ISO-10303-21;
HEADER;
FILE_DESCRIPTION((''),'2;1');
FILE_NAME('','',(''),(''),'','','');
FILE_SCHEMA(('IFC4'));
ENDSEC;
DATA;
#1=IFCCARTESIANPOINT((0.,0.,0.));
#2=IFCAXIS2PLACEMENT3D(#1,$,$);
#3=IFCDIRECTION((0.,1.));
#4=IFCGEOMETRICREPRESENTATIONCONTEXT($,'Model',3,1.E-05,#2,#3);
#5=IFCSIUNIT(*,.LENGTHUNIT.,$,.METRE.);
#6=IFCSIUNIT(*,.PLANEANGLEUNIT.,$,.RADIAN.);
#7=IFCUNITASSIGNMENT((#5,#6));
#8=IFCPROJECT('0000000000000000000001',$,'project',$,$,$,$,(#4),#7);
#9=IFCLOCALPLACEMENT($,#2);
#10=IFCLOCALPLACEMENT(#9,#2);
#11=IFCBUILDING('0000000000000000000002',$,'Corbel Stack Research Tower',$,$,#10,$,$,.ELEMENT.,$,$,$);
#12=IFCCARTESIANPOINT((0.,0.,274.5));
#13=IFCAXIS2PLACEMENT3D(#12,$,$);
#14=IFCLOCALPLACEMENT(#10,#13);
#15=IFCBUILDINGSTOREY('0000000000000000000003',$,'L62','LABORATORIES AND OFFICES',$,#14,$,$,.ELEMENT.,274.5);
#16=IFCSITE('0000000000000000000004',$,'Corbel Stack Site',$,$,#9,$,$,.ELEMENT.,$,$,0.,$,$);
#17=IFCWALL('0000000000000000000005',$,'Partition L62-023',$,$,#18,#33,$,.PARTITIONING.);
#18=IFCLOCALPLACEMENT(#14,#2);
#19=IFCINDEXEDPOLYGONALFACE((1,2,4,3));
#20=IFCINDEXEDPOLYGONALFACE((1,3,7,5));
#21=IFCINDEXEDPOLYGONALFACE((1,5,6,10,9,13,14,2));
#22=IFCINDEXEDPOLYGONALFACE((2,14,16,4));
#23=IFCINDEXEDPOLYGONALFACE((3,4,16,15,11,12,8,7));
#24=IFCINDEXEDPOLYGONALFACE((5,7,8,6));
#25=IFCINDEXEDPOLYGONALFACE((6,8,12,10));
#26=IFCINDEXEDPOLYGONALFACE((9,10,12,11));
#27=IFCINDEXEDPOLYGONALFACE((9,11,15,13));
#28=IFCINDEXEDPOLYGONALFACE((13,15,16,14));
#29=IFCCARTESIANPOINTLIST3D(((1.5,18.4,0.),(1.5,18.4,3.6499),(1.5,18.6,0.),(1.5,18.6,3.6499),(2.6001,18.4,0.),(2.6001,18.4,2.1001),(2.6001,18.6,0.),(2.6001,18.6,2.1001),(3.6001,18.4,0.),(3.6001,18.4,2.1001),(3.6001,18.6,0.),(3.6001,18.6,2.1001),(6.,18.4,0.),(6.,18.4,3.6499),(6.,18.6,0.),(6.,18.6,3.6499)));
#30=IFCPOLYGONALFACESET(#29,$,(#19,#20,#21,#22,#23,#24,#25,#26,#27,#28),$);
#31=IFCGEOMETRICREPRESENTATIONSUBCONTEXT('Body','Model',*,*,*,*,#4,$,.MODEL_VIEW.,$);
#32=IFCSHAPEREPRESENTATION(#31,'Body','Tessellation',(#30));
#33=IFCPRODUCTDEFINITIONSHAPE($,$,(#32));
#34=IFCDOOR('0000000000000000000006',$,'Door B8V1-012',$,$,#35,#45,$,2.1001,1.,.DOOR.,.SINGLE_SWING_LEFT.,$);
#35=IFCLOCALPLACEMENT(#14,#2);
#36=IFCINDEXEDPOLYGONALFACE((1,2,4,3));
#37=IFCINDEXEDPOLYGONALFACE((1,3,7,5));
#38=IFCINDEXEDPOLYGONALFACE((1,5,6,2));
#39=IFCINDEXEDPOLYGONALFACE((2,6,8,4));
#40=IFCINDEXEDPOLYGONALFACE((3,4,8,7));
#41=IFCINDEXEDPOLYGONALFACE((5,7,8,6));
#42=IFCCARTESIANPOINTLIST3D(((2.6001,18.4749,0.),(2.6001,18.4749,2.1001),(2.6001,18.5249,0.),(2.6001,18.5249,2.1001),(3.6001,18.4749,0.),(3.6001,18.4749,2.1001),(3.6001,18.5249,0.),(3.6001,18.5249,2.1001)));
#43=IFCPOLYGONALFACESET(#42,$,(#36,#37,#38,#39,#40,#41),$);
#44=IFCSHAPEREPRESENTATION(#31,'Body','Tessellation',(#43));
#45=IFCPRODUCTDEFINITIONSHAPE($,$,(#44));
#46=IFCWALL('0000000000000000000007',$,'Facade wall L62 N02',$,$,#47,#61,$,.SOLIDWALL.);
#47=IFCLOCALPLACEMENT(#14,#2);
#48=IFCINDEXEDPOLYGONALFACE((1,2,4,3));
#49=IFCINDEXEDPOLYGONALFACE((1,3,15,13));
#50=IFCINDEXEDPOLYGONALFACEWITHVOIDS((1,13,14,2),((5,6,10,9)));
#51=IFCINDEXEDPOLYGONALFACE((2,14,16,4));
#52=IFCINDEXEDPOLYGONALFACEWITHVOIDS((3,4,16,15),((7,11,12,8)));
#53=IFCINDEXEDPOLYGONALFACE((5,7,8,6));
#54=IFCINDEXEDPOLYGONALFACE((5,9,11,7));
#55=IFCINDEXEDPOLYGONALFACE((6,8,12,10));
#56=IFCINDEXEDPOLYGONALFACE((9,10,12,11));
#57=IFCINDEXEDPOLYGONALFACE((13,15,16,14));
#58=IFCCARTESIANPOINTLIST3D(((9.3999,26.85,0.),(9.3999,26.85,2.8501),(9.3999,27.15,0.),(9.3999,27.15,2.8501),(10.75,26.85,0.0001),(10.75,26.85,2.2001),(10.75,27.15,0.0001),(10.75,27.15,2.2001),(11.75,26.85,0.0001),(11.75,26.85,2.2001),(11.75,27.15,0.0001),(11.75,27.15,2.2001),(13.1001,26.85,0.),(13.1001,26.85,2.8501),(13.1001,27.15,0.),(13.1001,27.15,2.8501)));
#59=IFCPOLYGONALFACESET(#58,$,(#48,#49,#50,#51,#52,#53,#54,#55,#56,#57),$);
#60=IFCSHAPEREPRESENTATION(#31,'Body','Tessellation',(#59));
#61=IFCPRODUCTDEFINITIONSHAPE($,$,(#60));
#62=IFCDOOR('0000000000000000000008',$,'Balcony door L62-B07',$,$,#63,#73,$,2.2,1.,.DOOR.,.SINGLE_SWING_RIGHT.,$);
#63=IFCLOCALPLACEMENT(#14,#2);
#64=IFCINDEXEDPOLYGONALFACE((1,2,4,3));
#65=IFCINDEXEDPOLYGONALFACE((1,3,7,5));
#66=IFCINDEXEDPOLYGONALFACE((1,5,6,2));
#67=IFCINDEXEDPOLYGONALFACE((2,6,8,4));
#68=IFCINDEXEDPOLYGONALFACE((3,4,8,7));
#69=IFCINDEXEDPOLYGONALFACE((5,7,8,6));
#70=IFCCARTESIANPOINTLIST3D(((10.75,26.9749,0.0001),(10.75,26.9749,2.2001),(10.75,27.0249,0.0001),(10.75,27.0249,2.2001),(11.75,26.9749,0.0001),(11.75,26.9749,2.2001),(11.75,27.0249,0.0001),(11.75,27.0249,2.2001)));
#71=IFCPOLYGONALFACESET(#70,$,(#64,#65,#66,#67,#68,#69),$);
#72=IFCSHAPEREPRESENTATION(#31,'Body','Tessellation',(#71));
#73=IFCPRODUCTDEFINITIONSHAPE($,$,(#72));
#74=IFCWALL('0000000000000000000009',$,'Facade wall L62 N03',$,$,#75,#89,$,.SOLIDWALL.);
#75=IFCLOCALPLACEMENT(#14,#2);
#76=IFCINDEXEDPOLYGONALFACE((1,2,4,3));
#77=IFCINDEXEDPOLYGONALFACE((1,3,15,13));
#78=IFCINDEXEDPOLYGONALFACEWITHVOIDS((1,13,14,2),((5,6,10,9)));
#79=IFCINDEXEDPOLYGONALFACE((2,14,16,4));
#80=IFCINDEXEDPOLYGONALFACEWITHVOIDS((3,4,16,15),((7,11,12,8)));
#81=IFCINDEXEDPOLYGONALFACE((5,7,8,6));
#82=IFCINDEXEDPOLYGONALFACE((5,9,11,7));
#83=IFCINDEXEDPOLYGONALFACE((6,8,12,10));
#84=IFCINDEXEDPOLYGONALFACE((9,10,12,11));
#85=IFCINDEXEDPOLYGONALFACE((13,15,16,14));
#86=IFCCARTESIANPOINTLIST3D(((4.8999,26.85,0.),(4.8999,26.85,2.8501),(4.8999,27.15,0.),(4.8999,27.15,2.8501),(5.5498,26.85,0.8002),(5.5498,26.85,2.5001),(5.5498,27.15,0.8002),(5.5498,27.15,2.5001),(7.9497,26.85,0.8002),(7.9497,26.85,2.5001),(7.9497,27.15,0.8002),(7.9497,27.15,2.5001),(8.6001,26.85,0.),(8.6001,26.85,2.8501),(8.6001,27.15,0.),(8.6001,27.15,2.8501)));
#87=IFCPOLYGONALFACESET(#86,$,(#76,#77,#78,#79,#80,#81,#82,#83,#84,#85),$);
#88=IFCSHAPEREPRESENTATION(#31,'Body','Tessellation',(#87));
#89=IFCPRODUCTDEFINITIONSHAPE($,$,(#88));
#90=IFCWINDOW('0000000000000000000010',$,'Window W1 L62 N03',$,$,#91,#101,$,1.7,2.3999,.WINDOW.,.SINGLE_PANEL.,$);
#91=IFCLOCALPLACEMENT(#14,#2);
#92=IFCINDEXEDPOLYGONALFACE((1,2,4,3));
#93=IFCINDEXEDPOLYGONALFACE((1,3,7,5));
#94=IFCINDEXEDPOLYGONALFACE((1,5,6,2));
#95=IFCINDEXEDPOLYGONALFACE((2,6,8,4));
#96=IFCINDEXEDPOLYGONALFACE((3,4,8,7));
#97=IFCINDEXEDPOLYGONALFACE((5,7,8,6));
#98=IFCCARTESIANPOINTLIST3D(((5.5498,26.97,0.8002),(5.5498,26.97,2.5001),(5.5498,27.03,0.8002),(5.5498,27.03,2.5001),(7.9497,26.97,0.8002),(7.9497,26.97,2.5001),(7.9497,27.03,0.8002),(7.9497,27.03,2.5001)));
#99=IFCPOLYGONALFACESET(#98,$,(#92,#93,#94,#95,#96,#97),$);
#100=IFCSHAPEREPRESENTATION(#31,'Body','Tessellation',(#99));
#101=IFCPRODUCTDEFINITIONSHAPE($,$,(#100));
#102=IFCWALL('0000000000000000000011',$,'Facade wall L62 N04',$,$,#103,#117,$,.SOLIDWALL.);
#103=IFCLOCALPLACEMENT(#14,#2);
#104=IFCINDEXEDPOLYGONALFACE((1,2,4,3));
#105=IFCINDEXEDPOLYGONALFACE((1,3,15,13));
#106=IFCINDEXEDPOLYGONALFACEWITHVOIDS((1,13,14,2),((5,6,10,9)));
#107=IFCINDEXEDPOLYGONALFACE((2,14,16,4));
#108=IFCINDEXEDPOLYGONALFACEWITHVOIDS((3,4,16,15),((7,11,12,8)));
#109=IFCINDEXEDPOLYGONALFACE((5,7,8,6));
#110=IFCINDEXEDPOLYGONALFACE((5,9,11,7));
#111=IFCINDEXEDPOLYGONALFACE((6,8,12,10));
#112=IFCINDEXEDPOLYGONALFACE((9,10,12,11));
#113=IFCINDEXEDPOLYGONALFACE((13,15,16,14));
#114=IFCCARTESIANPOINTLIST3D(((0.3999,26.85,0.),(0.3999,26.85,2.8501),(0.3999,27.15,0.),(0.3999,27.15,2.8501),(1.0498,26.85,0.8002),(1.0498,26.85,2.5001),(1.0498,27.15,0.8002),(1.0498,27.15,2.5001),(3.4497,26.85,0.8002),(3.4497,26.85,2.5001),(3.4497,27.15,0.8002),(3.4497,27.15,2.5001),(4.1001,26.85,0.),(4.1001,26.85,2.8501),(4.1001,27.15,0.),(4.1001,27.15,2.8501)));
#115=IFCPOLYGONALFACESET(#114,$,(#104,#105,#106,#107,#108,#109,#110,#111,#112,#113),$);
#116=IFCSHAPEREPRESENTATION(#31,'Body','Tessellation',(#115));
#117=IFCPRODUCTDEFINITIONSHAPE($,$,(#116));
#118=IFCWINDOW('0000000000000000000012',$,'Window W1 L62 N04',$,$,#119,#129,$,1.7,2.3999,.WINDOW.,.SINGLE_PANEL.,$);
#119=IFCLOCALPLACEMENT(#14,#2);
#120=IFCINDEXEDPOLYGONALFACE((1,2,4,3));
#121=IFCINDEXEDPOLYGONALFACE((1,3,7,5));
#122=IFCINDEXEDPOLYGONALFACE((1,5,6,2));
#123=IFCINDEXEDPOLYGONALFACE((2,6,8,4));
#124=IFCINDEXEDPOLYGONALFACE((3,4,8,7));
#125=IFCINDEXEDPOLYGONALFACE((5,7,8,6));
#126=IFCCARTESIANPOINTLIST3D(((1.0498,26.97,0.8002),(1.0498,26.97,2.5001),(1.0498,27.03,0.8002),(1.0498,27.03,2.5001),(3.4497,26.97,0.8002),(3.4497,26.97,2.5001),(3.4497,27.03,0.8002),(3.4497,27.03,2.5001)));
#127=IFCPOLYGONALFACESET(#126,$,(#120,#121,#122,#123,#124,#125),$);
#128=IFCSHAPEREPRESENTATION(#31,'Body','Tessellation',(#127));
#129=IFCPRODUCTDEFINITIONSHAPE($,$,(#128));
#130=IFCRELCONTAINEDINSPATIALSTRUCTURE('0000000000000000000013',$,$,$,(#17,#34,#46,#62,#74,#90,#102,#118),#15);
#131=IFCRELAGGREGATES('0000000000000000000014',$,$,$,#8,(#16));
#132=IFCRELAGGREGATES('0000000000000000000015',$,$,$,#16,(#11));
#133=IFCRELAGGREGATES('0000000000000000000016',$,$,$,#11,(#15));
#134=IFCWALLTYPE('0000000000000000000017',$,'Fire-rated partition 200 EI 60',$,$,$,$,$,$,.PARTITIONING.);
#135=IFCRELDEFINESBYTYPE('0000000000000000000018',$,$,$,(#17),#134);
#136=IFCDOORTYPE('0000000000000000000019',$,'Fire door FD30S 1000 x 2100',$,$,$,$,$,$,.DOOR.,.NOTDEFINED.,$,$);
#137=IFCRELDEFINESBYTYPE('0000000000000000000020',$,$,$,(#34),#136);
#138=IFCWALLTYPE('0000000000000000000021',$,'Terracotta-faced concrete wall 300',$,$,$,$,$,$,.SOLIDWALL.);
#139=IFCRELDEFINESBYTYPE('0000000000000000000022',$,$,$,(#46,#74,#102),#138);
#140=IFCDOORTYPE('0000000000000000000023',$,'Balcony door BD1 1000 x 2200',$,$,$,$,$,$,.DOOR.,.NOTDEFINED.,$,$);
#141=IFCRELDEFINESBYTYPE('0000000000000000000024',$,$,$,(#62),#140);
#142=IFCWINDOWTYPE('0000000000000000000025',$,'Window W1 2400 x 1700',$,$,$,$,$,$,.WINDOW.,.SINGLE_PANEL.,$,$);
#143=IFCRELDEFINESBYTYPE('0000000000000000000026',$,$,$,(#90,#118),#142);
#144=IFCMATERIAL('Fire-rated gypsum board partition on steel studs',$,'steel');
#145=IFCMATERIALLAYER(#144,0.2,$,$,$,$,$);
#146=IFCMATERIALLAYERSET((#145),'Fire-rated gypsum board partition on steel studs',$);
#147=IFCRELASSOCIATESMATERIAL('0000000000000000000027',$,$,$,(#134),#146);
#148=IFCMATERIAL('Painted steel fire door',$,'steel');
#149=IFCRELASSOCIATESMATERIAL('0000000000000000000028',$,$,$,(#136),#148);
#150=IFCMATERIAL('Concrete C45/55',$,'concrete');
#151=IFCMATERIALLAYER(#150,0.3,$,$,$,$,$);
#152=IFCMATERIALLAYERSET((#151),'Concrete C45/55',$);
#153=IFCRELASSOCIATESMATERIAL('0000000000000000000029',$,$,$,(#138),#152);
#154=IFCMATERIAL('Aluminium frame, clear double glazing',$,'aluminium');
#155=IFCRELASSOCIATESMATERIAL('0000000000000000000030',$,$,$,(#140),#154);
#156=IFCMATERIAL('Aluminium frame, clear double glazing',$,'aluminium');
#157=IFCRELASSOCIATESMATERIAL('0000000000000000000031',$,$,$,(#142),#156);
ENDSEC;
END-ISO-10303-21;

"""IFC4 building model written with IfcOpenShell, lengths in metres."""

from ifc_helpers import new_model, si_unit, direction, frame, frame_2d, origin, place, context, subcontext, project, spatial, rectangle, extrude, material, layer, layer_set, type_object, element, fill, save


model = new_model("IFC4")

# Units and contexts
model_context = context("Model", 3, precision=1e-05, world=origin(), true_north=direction((0.0, 1.0)))
body_context = subcontext(model_context, "Body", "Model", "MODEL_VIEW")
ifc_project = project(units=[si_unit("LENGTHUNIT", "METRE"), si_unit("PLANEANGLEUNIT", "RADIAN")], contexts=[model_context])

# Site, building, storey
site_placement = place(None, origin())
site = spatial("IfcSite", under=ifc_project, at=site_placement, Name="Corbel Stack Site", CompositionType="ELEMENT", RefElevation=0.0)
building_placement = place(site_placement, origin())
building = spatial("IfcBuilding", under=site, at=building_placement, Name="Corbel Stack Research Tower", CompositionType="ELEMENT")
storey_placement = place(building_placement, frame((0.0, 0.0, 274.5)))
storey = spatial("IfcBuildingStorey", under=building, at=storey_placement, Name="L62", Description="LABORATORIES AND OFFICES", CompositionType="ELEMENT", Elevation=274.5)

# Shared definitions
ifc_material_1 = material(Name="Fire-rated gypsum board partition on steel studs", Category="steel")
ifc_layer_1 = layer(ifc_material_1, 0.2)
ifc_layer_set_1 = layer_set([ifc_layer_1], Name="Fire-rated gypsum board partition on steel studs")
wall_type_1 = type_object("IfcWallType", Name="Fire-rated partition 200 EI 60", PredefinedType="PARTITIONING", material=ifc_layer_set_1)
ifc_material_2 = material(Name="Painted steel fire door", Category="steel")
door_type_1 = type_object("IfcDoorType", Name="Fire door FD30S 1000 x 2100", OperationType="NOTDEFINED", PredefinedType="DOOR", material=ifc_material_2)

# Walls, openings, doors
wall_1_placement = place(storey_placement, frame((1.5, 18.5, 0.0), z_axis=(0.0, 0.0, 1.0), x_axis=(1.0, 0.0, 0.0)))
wall_1 = element("IfcWall", 1, at=wall_1_placement, inside=storey, type_object=wall_type_1, Name="Partition L62-023", PredefinedType="PARTITIONING", context=body_context, shape_type="SweptSolid", body=[
    extrude(rectangle(XDim=4.5, YDim=0.2, at=frame_2d((2.25, 0.0))), origin(), (0.0, 0.0, 1.0), 3.6499),
])
opening_1_placement = place(wall_1_placement, frame((1.1001, 0.0, 0.0)))
opening_1 = element("IfcOpeningElement", 2, at=opening_1_placement, cuts=wall_1, PredefinedType="OPENING", context=body_context, shape_type="SweptSolid", body=[
    extrude(rectangle(XDim=1.0, YDim=2.1001, at=frame_2d((0.5, 1.05))), frame((0.0, 0.1099, 0.0), z_axis=(0.0, -1.0, 0.0), x_axis=(1.0, 0.0, 0.0)), (0.0, 0.0, 1.0), 0.22),
])
door_1_placement = place(opening_1_placement, origin())
door_1 = element("IfcDoor", 3, at=door_1_placement, inside=storey, type_object=door_type_1, Name="Door B8V1-012", OperationType="SINGLE_SWING_LEFT", OverallHeight=2.1001, OverallWidth=1.0, PredefinedType="DOOR", context=body_context, shape_type="SweptSolid", body=[
    extrude(rectangle(XDim=1.0, YDim=2.1001, at=frame_2d((0.5, 1.05))), frame((0.0, 0.0249, 0.0), z_axis=(0.0, -1.0, 0.0), x_axis=(1.0, 0.0, 0.0)), (0.0, 0.0, 1.0), 0.05),
])
fill(opening_1, door_1)
ifc_material_3 = material(Name="Concrete C45/55", Category="concrete")
ifc_layer_2 = layer(ifc_material_3, 0.3)
ifc_layer_set_2 = layer_set([ifc_layer_2], Name="Concrete C45/55")
wall_type_2 = type_object("IfcWallType", Name="Terracotta-faced concrete wall 300", PredefinedType="SOLIDWALL", material=ifc_layer_set_2)
wall_2_placement = place(storey_placement, frame((9.3999, 27.0, 0.0), z_axis=(0.0, 0.0, 1.0), x_axis=(1.0, 0.0, 0.0)))
wall_2 = element("IfcWall", 4, at=wall_2_placement, inside=storey, type_object=wall_type_2, Name="Facade wall L62 N02", PredefinedType="SOLIDWALL", context=body_context, shape_type="SweptSolid", body=[
    extrude(rectangle(XDim=3.7002, YDim=0.3, at=frame_2d((1.8501, 0.0))), origin(), (0.0, 0.0, 1.0), 2.8501),
])
opening_2_placement = place(wall_2_placement, frame((1.3501, 0.0, 0.0)))
opening_2 = element("IfcOpeningElement", 5, at=opening_2_placement, cuts=wall_2, PredefinedType="OPENING", context=body_context, shape_type="SweptSolid", body=[
    extrude(rectangle(XDim=1.0, YDim=2.2, at=frame_2d((0.5, 1.1001))), frame((0.0, 0.1599, 0.0), z_axis=(0.0, -1.0, 0.0), x_axis=(1.0, 0.0, 0.0)), (0.0, 0.0, 1.0), 0.3201),
])
ifc_material_4 = material(Name="Aluminium frame, clear double glazing", Category="aluminium")
door_type_2 = type_object("IfcDoorType", Name="Balcony door BD1 1000 x 2200", OperationType="NOTDEFINED", PredefinedType="DOOR", material=ifc_material_4)
door_2_placement = place(opening_2_placement, origin())
door_2 = element("IfcDoor", 6, at=door_2_placement, inside=storey, type_object=door_type_2, Name="Balcony door L62-B07", OperationType="SINGLE_SWING_RIGHT", OverallHeight=2.2, OverallWidth=1.0, PredefinedType="DOOR", context=body_context, shape_type="SweptSolid", body=[
    extrude(rectangle(XDim=1.0, YDim=2.2, at=frame_2d((0.5, 1.1001))), frame((0.0, 0.0249, 0.0), z_axis=(0.0, -1.0, 0.0), x_axis=(1.0, 0.0, 0.0)), (0.0, 0.0, 1.0), 0.05),
])
fill(opening_2, door_2)

# Walls, openings, windows
wall_3_placement = place(storey_placement, frame((4.8999, 27.0, 0.0), z_axis=(0.0, 0.0, 1.0), x_axis=(1.0, 0.0, 0.0)))
wall_3 = element("IfcWall", 7, at=wall_3_placement, inside=storey, type_object=wall_type_2, Name="Facade wall L62 N03", PredefinedType="SOLIDWALL", context=body_context, shape_type="SweptSolid", body=[
    extrude(rectangle(XDim=3.7002, YDim=0.3, at=frame_2d((1.8501, 0.0))), origin(), (0.0, 0.0, 1.0), 2.8501),
])
opening_3_placement = place(wall_3_placement, frame((0.6499, 0.0, 0.8)))
opening_3 = element("IfcOpeningElement", 8, at=opening_3_placement, cuts=wall_3, PredefinedType="OPENING", context=body_context, shape_type="SweptSolid", body=[
    extrude(rectangle(XDim=2.3999, YDim=1.7, at=frame_2d((1.2, 0.8501))), frame((0.0, 0.1599, 0.0), z_axis=(0.0, -1.0, 0.0), x_axis=(1.0, 0.0, 0.0)), (0.0, 0.0, 1.0), 0.3201),
])
ifc_material_5 = material(Name="Aluminium frame, clear double glazing", Category="aluminium")
window_type = type_object("IfcWindowType", Name="Window W1 2400 x 1700", PartitioningType="SINGLE_PANEL", PredefinedType="WINDOW", material=ifc_material_5)
window_1_placement = place(opening_3_placement, origin())
window_1 = element("IfcWindow", 9, at=window_1_placement, inside=storey, type_object=window_type, Name="Window W1 L62 N03", OverallHeight=1.7, OverallWidth=2.3999, PartitioningType="SINGLE_PANEL", PredefinedType="WINDOW", context=body_context, shape_type="SweptSolid", body=[
    extrude(rectangle(XDim=2.3999, YDim=1.7, at=frame_2d((1.2, 0.8501))), frame((0.0, 0.03, 0.0), z_axis=(0.0, -1.0, 0.0), x_axis=(1.0, 0.0, 0.0)), (0.0, 0.0, 1.0), 0.0601),
])
fill(opening_3, window_1)
wall_4_placement = place(storey_placement, frame((0.3999, 27.0, 0.0), z_axis=(0.0, 0.0, 1.0), x_axis=(1.0, 0.0, 0.0)))
wall_4 = element("IfcWall", 10, at=wall_4_placement, inside=storey, type_object=wall_type_2, Name="Facade wall L62 N04", PredefinedType="SOLIDWALL", context=body_context, shape_type="SweptSolid", body=[
    extrude(rectangle(XDim=3.7002, YDim=0.3, at=frame_2d((1.8501, 0.0))), origin(), (0.0, 0.0, 1.0), 2.8501),
])
opening_4_placement = place(wall_4_placement, frame((0.6499, 0.0, 0.8)))
opening_4 = element("IfcOpeningElement", 11, at=opening_4_placement, cuts=wall_4, PredefinedType="OPENING", context=body_context, shape_type="SweptSolid", body=[
    extrude(rectangle(XDim=2.3999, YDim=1.7, at=frame_2d((1.2, 0.8501))), frame((0.0, 0.1599, 0.0), z_axis=(0.0, -1.0, 0.0), x_axis=(1.0, 0.0, 0.0)), (0.0, 0.0, 1.0), 0.3201),
])
window_2_placement = place(opening_4_placement, origin())
window_2 = element("IfcWindow", 12, at=window_2_placement, inside=storey, type_object=window_type, Name="Window W1 L62 N04", OverallHeight=1.7, OverallWidth=2.3999, PartitioningType="SINGLE_PANEL", PredefinedType="WINDOW", context=body_context, shape_type="SweptSolid", body=[
    extrude(rectangle(XDim=2.3999, YDim=1.7, at=frame_2d((1.2, 0.8501))), frame((0.0, 0.03, 0.0), z_axis=(0.0, -1.0, 0.0), x_axis=(1.0, 0.0, 0.0)), (0.0, 0.0, 1.0), 0.0601),
])
fill(opening_4, window_2)

save(model, "model.ifc")
